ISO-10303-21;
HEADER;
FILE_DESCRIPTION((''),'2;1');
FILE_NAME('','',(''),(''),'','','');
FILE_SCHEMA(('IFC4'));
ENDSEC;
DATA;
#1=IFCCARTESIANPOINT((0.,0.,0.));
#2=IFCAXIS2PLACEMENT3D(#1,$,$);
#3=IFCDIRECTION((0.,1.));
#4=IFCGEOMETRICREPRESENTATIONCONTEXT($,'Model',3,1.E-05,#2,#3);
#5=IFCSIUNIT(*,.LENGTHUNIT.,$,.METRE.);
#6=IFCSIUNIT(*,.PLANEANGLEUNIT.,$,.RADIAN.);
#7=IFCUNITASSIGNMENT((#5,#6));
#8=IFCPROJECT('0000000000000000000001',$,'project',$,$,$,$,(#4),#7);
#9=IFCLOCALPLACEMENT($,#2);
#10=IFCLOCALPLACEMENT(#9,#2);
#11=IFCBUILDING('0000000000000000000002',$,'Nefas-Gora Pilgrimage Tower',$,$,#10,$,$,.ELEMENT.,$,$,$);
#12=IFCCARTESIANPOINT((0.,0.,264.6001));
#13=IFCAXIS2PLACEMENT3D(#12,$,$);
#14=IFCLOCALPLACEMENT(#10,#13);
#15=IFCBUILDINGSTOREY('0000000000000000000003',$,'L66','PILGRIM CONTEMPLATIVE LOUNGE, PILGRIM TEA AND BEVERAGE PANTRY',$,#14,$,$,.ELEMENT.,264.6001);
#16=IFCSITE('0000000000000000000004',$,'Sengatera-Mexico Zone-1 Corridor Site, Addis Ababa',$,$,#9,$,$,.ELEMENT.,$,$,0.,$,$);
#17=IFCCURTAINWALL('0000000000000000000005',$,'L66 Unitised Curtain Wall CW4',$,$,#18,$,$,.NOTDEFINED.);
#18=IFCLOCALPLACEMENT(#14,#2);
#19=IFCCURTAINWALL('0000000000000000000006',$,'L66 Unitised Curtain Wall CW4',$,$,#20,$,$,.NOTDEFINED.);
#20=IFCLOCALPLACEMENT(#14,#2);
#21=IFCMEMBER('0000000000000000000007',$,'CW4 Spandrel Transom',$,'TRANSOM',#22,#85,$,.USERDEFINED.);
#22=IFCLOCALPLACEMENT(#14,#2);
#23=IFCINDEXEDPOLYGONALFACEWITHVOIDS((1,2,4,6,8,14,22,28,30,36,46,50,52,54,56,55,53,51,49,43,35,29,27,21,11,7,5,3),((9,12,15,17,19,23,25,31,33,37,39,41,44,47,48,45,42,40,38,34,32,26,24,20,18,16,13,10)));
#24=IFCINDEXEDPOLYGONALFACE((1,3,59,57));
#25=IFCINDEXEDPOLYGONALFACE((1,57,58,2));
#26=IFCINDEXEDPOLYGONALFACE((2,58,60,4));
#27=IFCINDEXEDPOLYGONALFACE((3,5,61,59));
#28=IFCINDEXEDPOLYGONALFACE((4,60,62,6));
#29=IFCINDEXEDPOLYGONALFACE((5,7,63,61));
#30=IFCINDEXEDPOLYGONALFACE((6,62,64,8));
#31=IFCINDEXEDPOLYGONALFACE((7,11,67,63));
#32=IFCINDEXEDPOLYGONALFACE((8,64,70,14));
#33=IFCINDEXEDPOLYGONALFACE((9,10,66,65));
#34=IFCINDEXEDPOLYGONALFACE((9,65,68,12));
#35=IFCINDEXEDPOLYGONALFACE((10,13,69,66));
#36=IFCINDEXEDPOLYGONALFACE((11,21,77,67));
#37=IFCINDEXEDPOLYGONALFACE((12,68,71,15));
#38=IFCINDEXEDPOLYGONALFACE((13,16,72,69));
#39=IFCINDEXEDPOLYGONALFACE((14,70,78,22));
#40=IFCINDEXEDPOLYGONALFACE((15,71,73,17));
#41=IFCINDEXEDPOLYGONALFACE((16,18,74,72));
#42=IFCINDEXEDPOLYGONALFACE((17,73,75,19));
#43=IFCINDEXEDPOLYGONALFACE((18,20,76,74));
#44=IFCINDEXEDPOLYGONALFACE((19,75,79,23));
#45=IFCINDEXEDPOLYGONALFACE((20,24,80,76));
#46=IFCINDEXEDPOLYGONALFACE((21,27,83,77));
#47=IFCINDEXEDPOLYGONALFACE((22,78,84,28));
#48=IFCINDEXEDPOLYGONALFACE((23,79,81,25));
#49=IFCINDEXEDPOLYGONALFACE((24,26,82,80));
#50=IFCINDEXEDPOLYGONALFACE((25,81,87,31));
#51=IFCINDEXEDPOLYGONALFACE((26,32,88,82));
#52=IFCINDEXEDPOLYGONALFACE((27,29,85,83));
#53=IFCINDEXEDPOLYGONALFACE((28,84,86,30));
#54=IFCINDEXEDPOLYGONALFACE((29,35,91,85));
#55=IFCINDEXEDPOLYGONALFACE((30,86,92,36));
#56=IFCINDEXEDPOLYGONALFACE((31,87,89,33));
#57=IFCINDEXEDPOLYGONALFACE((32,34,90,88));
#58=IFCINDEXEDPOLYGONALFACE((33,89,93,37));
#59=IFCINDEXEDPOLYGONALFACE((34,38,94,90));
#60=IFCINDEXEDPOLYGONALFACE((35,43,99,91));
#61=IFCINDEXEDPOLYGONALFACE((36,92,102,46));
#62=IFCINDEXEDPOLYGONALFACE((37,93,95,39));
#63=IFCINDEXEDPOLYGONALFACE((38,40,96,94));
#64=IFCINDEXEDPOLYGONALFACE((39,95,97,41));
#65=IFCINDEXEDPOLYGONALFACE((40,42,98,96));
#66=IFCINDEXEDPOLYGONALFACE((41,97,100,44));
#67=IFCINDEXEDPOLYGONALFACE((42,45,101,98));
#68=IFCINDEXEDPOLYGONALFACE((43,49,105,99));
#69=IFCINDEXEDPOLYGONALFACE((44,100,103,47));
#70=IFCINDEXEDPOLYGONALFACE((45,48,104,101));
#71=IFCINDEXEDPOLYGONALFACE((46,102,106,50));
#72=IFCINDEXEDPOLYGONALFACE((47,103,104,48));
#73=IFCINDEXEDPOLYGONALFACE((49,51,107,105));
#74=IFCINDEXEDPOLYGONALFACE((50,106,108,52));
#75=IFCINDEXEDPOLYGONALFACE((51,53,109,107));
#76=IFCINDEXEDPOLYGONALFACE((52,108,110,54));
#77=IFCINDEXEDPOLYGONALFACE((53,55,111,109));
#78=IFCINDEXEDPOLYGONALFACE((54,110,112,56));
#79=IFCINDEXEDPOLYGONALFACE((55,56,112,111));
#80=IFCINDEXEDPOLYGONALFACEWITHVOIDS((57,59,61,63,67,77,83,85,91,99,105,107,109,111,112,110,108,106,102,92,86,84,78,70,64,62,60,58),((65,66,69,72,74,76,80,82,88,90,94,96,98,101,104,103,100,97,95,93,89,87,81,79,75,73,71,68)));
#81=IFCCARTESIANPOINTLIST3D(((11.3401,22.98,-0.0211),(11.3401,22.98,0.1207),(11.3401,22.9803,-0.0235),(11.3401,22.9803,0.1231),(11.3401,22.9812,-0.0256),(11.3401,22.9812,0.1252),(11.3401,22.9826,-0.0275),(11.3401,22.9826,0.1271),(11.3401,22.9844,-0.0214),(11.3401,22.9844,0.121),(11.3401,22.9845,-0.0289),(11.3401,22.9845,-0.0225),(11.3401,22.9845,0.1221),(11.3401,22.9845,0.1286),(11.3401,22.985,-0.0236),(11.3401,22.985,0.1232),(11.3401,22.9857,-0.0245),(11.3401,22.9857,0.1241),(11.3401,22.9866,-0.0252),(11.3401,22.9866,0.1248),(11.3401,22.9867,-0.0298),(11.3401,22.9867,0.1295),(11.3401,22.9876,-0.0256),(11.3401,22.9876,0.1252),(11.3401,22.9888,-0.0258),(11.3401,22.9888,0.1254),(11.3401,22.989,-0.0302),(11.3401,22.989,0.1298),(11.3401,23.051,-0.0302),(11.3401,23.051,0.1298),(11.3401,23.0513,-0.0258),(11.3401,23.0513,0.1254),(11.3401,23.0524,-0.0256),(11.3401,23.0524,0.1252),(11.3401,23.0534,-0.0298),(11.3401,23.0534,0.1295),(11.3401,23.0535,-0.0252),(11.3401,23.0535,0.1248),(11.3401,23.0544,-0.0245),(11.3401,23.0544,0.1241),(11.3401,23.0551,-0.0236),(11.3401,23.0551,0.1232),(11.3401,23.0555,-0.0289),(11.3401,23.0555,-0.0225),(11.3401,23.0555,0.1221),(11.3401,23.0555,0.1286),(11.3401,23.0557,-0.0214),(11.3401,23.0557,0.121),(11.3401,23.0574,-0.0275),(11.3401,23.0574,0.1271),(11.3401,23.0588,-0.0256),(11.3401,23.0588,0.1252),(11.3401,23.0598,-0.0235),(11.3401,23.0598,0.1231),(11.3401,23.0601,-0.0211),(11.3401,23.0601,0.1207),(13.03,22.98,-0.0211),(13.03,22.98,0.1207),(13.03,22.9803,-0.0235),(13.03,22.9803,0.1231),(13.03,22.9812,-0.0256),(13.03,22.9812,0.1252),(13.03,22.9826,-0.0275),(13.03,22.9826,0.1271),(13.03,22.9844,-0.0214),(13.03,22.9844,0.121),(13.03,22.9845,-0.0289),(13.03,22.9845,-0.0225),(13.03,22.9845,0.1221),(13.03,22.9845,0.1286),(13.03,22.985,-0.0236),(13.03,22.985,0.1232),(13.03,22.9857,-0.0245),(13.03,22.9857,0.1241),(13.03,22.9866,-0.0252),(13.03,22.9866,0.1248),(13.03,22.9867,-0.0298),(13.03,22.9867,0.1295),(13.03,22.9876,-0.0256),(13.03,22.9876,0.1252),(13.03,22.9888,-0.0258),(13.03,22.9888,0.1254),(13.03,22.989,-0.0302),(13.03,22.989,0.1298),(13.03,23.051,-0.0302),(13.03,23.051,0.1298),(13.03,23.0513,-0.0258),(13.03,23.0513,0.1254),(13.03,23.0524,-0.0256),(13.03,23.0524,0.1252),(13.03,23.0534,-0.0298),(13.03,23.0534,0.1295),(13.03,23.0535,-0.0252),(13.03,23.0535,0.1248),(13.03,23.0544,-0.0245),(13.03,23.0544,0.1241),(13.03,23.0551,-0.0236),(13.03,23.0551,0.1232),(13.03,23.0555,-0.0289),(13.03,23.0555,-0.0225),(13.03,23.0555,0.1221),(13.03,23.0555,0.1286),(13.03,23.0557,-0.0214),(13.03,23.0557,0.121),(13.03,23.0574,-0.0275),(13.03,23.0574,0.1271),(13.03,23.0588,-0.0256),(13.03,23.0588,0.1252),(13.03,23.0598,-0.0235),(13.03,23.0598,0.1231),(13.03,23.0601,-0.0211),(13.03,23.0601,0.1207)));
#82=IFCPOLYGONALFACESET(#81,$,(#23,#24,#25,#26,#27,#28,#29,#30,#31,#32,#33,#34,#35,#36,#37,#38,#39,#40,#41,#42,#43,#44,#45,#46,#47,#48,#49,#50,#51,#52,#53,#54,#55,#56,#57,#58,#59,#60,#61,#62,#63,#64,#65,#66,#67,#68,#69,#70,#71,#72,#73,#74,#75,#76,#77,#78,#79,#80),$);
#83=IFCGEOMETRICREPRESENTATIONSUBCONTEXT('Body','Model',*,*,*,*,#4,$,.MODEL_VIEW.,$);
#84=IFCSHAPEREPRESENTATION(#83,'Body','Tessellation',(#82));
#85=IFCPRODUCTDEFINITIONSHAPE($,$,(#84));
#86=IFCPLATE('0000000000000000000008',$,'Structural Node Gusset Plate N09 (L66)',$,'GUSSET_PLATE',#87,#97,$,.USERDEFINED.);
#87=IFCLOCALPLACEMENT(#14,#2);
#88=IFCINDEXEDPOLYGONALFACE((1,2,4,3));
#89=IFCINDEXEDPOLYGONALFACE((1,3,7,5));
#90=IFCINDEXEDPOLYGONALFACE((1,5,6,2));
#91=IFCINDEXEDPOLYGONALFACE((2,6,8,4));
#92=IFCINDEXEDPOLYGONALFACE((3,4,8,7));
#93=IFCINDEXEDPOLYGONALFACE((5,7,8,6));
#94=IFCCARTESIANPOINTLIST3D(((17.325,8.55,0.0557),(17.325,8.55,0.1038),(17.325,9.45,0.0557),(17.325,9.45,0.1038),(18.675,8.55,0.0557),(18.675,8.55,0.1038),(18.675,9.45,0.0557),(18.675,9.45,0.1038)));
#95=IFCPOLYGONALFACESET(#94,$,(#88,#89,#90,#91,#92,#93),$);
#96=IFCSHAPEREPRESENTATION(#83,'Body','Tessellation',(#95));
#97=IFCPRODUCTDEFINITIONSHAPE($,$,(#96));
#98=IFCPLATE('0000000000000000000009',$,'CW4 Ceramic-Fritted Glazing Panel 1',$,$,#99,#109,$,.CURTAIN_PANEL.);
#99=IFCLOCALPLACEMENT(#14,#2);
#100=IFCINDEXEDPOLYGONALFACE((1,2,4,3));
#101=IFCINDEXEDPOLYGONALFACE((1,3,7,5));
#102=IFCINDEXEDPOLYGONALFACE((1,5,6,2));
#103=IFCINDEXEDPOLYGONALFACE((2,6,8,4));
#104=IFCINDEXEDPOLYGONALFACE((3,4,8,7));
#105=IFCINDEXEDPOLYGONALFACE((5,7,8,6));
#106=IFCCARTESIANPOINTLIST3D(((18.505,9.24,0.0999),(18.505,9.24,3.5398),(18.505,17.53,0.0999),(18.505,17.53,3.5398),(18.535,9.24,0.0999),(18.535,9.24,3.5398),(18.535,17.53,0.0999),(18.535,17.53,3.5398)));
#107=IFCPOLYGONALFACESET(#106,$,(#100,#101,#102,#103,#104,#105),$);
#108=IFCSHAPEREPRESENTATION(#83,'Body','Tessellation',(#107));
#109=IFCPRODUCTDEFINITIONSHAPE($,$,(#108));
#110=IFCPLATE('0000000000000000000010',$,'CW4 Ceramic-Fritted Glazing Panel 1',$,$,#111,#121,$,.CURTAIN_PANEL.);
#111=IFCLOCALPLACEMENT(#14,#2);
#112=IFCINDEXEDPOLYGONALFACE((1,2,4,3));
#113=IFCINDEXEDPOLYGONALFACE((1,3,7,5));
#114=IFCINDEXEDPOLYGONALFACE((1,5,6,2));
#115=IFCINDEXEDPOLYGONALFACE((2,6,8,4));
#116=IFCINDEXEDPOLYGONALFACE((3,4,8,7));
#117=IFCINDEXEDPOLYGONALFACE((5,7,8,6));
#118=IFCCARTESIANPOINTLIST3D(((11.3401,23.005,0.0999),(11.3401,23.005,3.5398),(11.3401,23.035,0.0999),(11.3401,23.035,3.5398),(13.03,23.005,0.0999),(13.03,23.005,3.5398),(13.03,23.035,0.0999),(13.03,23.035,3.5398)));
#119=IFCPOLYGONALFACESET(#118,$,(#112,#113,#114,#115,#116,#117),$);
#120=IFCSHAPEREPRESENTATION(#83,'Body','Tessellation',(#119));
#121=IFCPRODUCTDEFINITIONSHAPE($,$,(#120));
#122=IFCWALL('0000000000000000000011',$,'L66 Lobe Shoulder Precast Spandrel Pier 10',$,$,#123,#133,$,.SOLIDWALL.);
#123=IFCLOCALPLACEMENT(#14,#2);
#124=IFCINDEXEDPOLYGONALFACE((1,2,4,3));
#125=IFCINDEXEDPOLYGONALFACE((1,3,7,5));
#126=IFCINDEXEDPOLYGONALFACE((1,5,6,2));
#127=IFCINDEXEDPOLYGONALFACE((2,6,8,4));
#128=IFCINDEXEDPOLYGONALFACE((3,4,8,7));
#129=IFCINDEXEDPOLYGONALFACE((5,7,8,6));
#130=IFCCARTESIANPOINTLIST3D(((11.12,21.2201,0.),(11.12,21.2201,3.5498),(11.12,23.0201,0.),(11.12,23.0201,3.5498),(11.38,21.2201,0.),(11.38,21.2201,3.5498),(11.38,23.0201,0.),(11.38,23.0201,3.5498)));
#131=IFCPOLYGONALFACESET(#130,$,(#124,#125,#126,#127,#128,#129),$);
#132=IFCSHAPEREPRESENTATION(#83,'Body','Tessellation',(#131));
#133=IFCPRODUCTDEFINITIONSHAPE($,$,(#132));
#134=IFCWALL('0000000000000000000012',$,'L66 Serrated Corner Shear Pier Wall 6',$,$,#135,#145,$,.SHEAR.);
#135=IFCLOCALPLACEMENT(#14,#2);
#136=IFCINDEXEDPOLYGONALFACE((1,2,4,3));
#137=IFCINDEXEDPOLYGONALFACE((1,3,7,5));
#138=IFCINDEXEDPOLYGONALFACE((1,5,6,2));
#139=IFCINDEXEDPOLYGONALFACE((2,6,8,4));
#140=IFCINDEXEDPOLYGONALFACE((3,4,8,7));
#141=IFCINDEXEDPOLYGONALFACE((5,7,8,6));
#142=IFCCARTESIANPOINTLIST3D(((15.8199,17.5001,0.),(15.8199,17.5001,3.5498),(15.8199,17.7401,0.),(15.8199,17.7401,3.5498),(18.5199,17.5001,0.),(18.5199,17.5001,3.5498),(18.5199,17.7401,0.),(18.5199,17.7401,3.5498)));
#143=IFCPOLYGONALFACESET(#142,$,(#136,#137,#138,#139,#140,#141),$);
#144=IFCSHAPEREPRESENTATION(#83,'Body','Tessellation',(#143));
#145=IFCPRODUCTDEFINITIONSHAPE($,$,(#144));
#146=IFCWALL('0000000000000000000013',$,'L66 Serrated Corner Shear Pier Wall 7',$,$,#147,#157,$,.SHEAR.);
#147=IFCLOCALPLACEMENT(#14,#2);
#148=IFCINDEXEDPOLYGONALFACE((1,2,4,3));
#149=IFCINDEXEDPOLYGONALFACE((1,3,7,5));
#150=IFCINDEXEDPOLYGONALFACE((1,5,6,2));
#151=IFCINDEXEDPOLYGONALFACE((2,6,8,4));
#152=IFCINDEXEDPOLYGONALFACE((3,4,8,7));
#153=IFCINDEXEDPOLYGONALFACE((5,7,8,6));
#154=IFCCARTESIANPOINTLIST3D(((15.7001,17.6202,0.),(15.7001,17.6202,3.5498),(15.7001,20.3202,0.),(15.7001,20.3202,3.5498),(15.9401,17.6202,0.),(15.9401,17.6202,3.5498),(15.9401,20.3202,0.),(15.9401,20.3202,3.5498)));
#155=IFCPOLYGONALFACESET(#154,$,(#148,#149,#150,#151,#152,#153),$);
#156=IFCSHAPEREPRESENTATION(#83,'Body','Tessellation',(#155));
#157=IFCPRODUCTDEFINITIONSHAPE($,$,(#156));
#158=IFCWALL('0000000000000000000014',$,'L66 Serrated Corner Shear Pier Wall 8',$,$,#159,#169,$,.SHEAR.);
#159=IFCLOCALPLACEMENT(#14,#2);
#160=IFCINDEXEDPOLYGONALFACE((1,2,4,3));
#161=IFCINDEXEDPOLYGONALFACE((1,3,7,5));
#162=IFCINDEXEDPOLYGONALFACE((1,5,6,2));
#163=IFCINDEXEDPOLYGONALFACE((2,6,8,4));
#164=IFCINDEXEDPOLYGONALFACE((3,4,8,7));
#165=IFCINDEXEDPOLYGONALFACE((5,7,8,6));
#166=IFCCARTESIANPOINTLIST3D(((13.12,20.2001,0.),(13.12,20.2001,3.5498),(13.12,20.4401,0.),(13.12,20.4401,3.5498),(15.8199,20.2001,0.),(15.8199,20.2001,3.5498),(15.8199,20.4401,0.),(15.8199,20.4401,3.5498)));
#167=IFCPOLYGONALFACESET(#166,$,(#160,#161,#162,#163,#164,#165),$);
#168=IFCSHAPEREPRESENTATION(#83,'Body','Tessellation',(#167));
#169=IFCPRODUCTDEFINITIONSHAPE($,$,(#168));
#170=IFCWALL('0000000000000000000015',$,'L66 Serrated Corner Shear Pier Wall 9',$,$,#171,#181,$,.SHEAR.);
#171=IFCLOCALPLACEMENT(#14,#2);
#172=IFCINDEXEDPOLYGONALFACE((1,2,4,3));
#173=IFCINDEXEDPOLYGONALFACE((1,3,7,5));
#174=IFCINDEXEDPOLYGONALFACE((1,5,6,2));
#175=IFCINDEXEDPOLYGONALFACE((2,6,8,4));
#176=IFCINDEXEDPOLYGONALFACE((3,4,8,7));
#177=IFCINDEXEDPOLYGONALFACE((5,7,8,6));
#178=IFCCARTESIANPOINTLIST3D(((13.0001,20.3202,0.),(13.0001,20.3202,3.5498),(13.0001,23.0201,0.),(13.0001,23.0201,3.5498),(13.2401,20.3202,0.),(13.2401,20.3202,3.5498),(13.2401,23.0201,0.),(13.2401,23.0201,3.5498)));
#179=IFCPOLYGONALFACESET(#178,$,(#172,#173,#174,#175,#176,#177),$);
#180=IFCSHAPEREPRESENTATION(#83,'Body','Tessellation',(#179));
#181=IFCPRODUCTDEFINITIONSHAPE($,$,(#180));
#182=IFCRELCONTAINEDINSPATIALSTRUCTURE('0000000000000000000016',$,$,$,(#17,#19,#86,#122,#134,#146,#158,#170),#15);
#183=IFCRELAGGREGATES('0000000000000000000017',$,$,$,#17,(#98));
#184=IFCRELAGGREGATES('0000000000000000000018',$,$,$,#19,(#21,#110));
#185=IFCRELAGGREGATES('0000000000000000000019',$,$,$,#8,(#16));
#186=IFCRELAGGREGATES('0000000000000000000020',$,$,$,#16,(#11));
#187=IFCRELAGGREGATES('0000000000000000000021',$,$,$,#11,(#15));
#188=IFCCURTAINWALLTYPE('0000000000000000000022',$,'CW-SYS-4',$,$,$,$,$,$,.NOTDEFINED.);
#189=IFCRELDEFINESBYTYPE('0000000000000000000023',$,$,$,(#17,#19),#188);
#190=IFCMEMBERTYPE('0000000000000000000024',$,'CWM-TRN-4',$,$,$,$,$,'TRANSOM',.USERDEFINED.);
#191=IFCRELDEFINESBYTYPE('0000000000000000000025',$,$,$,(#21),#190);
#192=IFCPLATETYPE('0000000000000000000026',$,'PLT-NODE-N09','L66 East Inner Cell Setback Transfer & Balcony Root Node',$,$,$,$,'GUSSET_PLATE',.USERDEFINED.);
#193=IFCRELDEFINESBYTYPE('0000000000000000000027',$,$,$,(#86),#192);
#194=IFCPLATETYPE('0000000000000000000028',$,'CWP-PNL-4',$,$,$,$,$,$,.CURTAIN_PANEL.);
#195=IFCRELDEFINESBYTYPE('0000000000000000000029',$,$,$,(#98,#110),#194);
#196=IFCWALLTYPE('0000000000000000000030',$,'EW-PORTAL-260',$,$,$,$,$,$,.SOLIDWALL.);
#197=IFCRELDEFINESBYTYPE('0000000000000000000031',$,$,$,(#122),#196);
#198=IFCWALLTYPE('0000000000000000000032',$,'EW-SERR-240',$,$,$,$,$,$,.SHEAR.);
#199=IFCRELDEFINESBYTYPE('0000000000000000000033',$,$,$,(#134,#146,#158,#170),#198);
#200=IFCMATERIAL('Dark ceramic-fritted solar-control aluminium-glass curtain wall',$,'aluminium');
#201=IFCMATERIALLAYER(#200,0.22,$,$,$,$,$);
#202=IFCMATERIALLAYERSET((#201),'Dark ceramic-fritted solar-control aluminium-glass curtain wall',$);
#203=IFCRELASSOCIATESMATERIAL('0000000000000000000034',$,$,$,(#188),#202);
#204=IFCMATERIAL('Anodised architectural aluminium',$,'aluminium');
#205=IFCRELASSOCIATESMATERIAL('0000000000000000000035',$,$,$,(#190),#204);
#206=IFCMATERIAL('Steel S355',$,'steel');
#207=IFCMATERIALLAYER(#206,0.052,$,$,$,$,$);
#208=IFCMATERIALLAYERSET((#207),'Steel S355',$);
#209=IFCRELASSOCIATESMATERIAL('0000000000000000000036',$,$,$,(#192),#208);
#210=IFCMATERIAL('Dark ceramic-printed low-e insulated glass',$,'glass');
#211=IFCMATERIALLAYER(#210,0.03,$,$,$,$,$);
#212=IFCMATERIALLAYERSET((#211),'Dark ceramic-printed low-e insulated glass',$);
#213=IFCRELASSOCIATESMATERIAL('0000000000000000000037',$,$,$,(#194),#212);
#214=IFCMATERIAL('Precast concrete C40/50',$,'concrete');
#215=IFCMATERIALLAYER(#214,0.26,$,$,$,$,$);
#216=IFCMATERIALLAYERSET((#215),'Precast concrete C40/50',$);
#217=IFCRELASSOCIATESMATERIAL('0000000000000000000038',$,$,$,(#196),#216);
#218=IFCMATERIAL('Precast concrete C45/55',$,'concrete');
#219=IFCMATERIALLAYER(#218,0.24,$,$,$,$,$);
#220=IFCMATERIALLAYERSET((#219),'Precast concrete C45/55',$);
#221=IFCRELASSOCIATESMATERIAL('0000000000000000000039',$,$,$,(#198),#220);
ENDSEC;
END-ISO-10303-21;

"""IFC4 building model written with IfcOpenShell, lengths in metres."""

from ifc_helpers import new_model, si_unit, direction, frame, frame_2d, origin, origin_2d, place, context, subcontext, project, spatial, rectangle, hollow_rectangle, extrude, source, transform, mapped, material, layer, layer_set, material_profile, profile_set, type_object, element, aggregate, save


model = new_model("IFC4")

# Units and contexts
model_context = context("Model", 3, precision=1e-05, world=origin(), true_north=direction((0.0, 1.0)))
body_context = subcontext(model_context, "Body", "Model", "MODEL_VIEW")
ifc_project = project(units=[si_unit("LENGTHUNIT", "METRE"), si_unit("PLANEANGLEUNIT", "RADIAN")], contexts=[model_context])

# Site, building, storey
site_placement = place(None, origin())
site = spatial("IfcSite", under=ifc_project, at=site_placement, Name="Sengatera-Mexico Zone-1 Corridor Site, Addis Ababa", CompositionType="ELEMENT", RefElevation=0.0)
building_placement = place(site_placement, origin())
building = spatial("IfcBuilding", under=site, at=building_placement, Name="Nefas-Gora Pilgrimage Tower", CompositionType="ELEMENT")
storey_placement = place(building_placement, frame((0.0, 0.0, 264.6001)))
storey = spatial("IfcBuildingStorey", under=building, at=storey_placement, Name="L66", Description="PILGRIM CONTEMPLATIVE LOUNGE, PILGRIM TEA AND BEVERAGE PANTRY", CompositionType="ELEMENT", Elevation=264.6001)

# Shared definitions
ifc_material_1 = material(Name="Steel S355", Category="steel")

# Shared definitions
ifc_material_2 = material(Name="Dark ceramic-fritted solar-control aluminium-glass curtain wall", Category="aluminium")
ifc_material_3 = material(Name="Anodised architectural aluminium", Category="aluminium")

# Curtain walls
ifc_layer_1 = layer(ifc_material_2, 0.22)
ifc_layer_set_1 = layer_set([ifc_layer_1], Name="Dark ceramic-fritted solar-control aluminium-glass curtain wall")
curtain_wall_type_1 = type_object("IfcCurtainWallType", Name="CW-SYS-4", PredefinedType="NOTDEFINED", material=ifc_layer_set_1)
curtain_wall_1_placement = place(storey_placement, origin())
curtain_wall_1 = element("IfcCurtainWall", 1, at=curtain_wall_1_placement, inside=storey, type_object=curtain_wall_type_1, Name="L66 Unitised Curtain Wall CW4", PredefinedType="NOTDEFINED")
curtain_wall_2_placement = place(storey_placement, origin())
curtain_wall_2 = element("IfcCurtainWall", 2, at=curtain_wall_2_placement, inside=storey, type_object=curtain_wall_type_1, Name="L66 Unitised Curtain Wall CW4", PredefinedType="NOTDEFINED")

# Member
ifc_material_profile_1 = material_profile(ifc_material_3, hollow_rectangle(XDim=0.0801, YDim=0.1599, WallThickness=0.0044, InnerFilletRadius=0.0044, OuterFilletRadius=0.009, at=origin_2d()), Name="ALU TRANSOM 80x160")
ifc_profile_set_1 = profile_set([ifc_material_profile_1], Name="Anodised architectural aluminium")
member_type_1 = type_object("IfcMemberType", Name="CWM-TRN-4", ElementType="TRANSOM", PredefinedType="USERDEFINED", material=ifc_profile_set_1)
shared_shape_1 = source(origin(), body_context, "Body", "SweptSolid", [
    extrude(hollow_rectangle(XDim=0.0801, YDim=0.1599, WallThickness=0.0044, InnerFilletRadius=0.0044, OuterFilletRadius=0.009, at=origin_2d()), origin(), (0.0, 0.0, 1.0), 1.6899),
])
member_1_placement = place(storey_placement, frame((13.03, 23.02, 0.0498), z_axis=(-1.0, 0.0, 0.0), x_axis=(0.0, -1.0, 0.0)))
member_1 = element("IfcMember", 3, at=member_1_placement, type_object=member_type_1, Name="CW4 Spandrel Transom", ObjectType="TRANSOM", PredefinedType="USERDEFINED", context=body_context, shape_type="MappedRepresentation", body=[
    mapped(shared_shape_1, transform((0.0, 0.0, 0.0), x_axis=(1.0, 0.0, 0.0), y_axis=(0.0, 1.0, 0.0), z_axis=(0.0, 0.0, 1.0), scale=1.0)),
])

# Plates
ifc_layer_2 = layer(ifc_material_1, 0.052)
ifc_layer_set_2 = layer_set([ifc_layer_2], Name="Steel S355")
plate_type_1 = type_object("IfcPlateType", Name="PLT-NODE-N09", Description="L66 East Inner Cell Setback Transfer & Balcony Root Node", ElementType="GUSSET_PLATE", PredefinedType="USERDEFINED", material=ifc_layer_set_2)
shared_shape_2 = source(origin(), body_context, "Body", "SweptSolid", [
    extrude(rectangle(XDim=1.3501, YDim=0.8999, at=origin_2d()), origin(), (0.0, 0.0, 1.0), 0.0481),
])
plate_1_placement = place(storey_placement, frame((18.0, 9.0, 0.0557), z_axis=(0.0, 0.0, 1.0), x_axis=(1.0, 0.0, 0.0)))
element("IfcPlate", 4, at=plate_1_placement, inside=storey, type_object=plate_type_1, Name="Structural Node Gusset Plate N09 (L66)", ObjectType="GUSSET_PLATE", PredefinedType="USERDEFINED", context=body_context, shape_type="MappedRepresentation", body=[
    mapped(shared_shape_2, transform((0.0, 0.0, 0.0), x_axis=(1.0, 0.0, 0.0), y_axis=(0.0, 1.0, 0.0), z_axis=(0.0, 0.0, 1.0), scale=1.0)),
])
ifc_material_4 = material(Name="Dark ceramic-printed low-e insulated glass", Category="glass")
ifc_layer_3 = layer(ifc_material_4, 0.03)
ifc_layer_set_3 = layer_set([ifc_layer_3], Name="Dark ceramic-printed low-e insulated glass")
plate_type_2 = type_object("IfcPlateType", Name="CWP-PNL-4", PredefinedType="CURTAIN_PANEL", material=ifc_layer_set_3)
shared_shape_3 = source(origin(), body_context, "Body", "SweptSolid", [
    extrude(rectangle(XDim=8.29, YDim=0.03, at=origin_2d()), origin(), (0.0, 0.0, 1.0), 3.4399),
])
plate_2_placement = place(storey_placement, frame((18.52, 13.385, 0.0999), z_axis=(0.0, 0.0, 1.0), x_axis=(0.0, 1.0, 0.0)))
plate_2 = element("IfcPlate", 5, at=plate_2_placement, type_object=plate_type_2, Name="CW4 Ceramic-Fritted Glazing Panel 1", PredefinedType="CURTAIN_PANEL", context=body_context, shape_type="MappedRepresentation", body=[
    mapped(shared_shape_3, transform((0.0, 0.0, 0.0), x_axis=(1.0, 0.0, 0.0), y_axis=(0.0, 1.0, 0.0), z_axis=(0.0, 0.0, 1.0), scale=1.0)),
])
aggregate(curtain_wall_1, [plate_2])
shared_shape_4 = source(origin(), body_context, "Body", "SweptSolid", [
    extrude(rectangle(XDim=1.6899, YDim=0.03, at=origin_2d()), origin(), (0.0, 0.0, 1.0), 3.4399),
])
plate_3_placement = place(storey_placement, frame((12.1851, 23.02, 0.0999), z_axis=(0.0, 0.0, 1.0), x_axis=(-1.0, 0.0, 0.0)))
plate_3 = element("IfcPlate", 6, at=plate_3_placement, type_object=plate_type_2, Name="CW4 Ceramic-Fritted Glazing Panel 1", PredefinedType="CURTAIN_PANEL", context=body_context, shape_type="MappedRepresentation", body=[
    mapped(shared_shape_4, transform((0.0, 0.0, 0.0), x_axis=(1.0, 0.0, 0.0), y_axis=(0.0, 1.0, 0.0), z_axis=(0.0, 0.0, 1.0), scale=1.0)),
])
aggregate(curtain_wall_2, [member_1, plate_3])

# Walls
ifc_material_5 = material(Name="Precast concrete C40/50", Category="concrete")
ifc_layer_4 = layer(ifc_material_5, 0.26)
ifc_layer_set_4 = layer_set([ifc_layer_4], Name="Precast concrete C40/50")
wall_type_1 = type_object("IfcWallType", Name="EW-PORTAL-260", PredefinedType="SOLIDWALL", material=ifc_layer_set_4)
shared_shape_5 = source(origin(), body_context, "Body", "SweptSolid", [
    extrude(rectangle(XDim=1.8, YDim=0.26, at=frame_2d((0.8999, 0.0))), origin(), (0.0, 0.0, 1.0), 3.5498),
])
wall_placement = place(storey_placement, frame((11.25, 23.02, 0.0), z_axis=(0.0, 0.0, 1.0), x_axis=(0.0, -1.0, 0.0)))
element("IfcWall", 7, at=wall_placement, inside=storey, type_object=wall_type_1, Name="L66 Lobe Shoulder Precast Spandrel Pier 10", PredefinedType="SOLIDWALL", context=body_context, shape_type="MappedRepresentation", body=[
    mapped(shared_shape_5, transform((0.0, 0.0, 0.0), x_axis=(1.0, 0.0, 0.0), y_axis=(0.0, 1.0, 0.0), z_axis=(0.0, 0.0, 1.0), scale=1.0)),
])
ifc_material_6 = material(Name="Precast concrete C45/55", Category="concrete")
ifc_layer_5 = layer(ifc_material_6, 0.24)
ifc_layer_set_5 = layer_set([ifc_layer_5], Name="Precast concrete C45/55")
wall_type_2 = type_object("IfcWallType", Name="EW-SERR-240", PredefinedType="SHEAR", material=ifc_layer_set_5)
shared_shape_6 = source(origin(), body_context, "Body", "SweptSolid", [
    extrude(rectangle(XDim=2.7, YDim=0.24, at=frame_2d((1.3501, 0.0))), origin(), (0.0, 0.0, 1.0), 3.5498),
])
for number, where, z_axis, x_axis, name in (
    (8, (18.52, 17.6201, 0.0), (0.0, 0.0, 1.0), (-1.0, 0.0, 0.0), "L66 Serrated Corner Shear Pier Wall 6"),
    (9, (15.8201, 17.6201, 0.0), (0.0, 0.0, 1.0), (0.0, 1.0, 0.0), "L66 Serrated Corner Shear Pier Wall 7"),
    (10, (15.8201, 20.3201, 0.0), (0.0, 0.0, 1.0), (-1.0, 0.0, 0.0), "L66 Serrated Corner Shear Pier Wall 8"),
    (11, (13.1201, 20.3201, 0.0), (0.0, 0.0, 1.0), (0.0, 1.0, 0.0), "L66 Serrated Corner Shear Pier Wall 9"),
):
    element("IfcWall", number, at=place(storey_placement, frame(where, z_axis=z_axis, x_axis=x_axis)), inside=storey, type_object=wall_type_2, Name=name, PredefinedType="SHEAR", context=body_context, shape_type="MappedRepresentation", body=[
        mapped(shared_shape_6, transform((0.0, 0.0, 0.0), x_axis=(1.0, 0.0, 0.0), y_axis=(0.0, 1.0, 0.0), z_axis=(0.0, 0.0, 1.0), scale=1.0)),
    ])

save(model, "model.ifc")
